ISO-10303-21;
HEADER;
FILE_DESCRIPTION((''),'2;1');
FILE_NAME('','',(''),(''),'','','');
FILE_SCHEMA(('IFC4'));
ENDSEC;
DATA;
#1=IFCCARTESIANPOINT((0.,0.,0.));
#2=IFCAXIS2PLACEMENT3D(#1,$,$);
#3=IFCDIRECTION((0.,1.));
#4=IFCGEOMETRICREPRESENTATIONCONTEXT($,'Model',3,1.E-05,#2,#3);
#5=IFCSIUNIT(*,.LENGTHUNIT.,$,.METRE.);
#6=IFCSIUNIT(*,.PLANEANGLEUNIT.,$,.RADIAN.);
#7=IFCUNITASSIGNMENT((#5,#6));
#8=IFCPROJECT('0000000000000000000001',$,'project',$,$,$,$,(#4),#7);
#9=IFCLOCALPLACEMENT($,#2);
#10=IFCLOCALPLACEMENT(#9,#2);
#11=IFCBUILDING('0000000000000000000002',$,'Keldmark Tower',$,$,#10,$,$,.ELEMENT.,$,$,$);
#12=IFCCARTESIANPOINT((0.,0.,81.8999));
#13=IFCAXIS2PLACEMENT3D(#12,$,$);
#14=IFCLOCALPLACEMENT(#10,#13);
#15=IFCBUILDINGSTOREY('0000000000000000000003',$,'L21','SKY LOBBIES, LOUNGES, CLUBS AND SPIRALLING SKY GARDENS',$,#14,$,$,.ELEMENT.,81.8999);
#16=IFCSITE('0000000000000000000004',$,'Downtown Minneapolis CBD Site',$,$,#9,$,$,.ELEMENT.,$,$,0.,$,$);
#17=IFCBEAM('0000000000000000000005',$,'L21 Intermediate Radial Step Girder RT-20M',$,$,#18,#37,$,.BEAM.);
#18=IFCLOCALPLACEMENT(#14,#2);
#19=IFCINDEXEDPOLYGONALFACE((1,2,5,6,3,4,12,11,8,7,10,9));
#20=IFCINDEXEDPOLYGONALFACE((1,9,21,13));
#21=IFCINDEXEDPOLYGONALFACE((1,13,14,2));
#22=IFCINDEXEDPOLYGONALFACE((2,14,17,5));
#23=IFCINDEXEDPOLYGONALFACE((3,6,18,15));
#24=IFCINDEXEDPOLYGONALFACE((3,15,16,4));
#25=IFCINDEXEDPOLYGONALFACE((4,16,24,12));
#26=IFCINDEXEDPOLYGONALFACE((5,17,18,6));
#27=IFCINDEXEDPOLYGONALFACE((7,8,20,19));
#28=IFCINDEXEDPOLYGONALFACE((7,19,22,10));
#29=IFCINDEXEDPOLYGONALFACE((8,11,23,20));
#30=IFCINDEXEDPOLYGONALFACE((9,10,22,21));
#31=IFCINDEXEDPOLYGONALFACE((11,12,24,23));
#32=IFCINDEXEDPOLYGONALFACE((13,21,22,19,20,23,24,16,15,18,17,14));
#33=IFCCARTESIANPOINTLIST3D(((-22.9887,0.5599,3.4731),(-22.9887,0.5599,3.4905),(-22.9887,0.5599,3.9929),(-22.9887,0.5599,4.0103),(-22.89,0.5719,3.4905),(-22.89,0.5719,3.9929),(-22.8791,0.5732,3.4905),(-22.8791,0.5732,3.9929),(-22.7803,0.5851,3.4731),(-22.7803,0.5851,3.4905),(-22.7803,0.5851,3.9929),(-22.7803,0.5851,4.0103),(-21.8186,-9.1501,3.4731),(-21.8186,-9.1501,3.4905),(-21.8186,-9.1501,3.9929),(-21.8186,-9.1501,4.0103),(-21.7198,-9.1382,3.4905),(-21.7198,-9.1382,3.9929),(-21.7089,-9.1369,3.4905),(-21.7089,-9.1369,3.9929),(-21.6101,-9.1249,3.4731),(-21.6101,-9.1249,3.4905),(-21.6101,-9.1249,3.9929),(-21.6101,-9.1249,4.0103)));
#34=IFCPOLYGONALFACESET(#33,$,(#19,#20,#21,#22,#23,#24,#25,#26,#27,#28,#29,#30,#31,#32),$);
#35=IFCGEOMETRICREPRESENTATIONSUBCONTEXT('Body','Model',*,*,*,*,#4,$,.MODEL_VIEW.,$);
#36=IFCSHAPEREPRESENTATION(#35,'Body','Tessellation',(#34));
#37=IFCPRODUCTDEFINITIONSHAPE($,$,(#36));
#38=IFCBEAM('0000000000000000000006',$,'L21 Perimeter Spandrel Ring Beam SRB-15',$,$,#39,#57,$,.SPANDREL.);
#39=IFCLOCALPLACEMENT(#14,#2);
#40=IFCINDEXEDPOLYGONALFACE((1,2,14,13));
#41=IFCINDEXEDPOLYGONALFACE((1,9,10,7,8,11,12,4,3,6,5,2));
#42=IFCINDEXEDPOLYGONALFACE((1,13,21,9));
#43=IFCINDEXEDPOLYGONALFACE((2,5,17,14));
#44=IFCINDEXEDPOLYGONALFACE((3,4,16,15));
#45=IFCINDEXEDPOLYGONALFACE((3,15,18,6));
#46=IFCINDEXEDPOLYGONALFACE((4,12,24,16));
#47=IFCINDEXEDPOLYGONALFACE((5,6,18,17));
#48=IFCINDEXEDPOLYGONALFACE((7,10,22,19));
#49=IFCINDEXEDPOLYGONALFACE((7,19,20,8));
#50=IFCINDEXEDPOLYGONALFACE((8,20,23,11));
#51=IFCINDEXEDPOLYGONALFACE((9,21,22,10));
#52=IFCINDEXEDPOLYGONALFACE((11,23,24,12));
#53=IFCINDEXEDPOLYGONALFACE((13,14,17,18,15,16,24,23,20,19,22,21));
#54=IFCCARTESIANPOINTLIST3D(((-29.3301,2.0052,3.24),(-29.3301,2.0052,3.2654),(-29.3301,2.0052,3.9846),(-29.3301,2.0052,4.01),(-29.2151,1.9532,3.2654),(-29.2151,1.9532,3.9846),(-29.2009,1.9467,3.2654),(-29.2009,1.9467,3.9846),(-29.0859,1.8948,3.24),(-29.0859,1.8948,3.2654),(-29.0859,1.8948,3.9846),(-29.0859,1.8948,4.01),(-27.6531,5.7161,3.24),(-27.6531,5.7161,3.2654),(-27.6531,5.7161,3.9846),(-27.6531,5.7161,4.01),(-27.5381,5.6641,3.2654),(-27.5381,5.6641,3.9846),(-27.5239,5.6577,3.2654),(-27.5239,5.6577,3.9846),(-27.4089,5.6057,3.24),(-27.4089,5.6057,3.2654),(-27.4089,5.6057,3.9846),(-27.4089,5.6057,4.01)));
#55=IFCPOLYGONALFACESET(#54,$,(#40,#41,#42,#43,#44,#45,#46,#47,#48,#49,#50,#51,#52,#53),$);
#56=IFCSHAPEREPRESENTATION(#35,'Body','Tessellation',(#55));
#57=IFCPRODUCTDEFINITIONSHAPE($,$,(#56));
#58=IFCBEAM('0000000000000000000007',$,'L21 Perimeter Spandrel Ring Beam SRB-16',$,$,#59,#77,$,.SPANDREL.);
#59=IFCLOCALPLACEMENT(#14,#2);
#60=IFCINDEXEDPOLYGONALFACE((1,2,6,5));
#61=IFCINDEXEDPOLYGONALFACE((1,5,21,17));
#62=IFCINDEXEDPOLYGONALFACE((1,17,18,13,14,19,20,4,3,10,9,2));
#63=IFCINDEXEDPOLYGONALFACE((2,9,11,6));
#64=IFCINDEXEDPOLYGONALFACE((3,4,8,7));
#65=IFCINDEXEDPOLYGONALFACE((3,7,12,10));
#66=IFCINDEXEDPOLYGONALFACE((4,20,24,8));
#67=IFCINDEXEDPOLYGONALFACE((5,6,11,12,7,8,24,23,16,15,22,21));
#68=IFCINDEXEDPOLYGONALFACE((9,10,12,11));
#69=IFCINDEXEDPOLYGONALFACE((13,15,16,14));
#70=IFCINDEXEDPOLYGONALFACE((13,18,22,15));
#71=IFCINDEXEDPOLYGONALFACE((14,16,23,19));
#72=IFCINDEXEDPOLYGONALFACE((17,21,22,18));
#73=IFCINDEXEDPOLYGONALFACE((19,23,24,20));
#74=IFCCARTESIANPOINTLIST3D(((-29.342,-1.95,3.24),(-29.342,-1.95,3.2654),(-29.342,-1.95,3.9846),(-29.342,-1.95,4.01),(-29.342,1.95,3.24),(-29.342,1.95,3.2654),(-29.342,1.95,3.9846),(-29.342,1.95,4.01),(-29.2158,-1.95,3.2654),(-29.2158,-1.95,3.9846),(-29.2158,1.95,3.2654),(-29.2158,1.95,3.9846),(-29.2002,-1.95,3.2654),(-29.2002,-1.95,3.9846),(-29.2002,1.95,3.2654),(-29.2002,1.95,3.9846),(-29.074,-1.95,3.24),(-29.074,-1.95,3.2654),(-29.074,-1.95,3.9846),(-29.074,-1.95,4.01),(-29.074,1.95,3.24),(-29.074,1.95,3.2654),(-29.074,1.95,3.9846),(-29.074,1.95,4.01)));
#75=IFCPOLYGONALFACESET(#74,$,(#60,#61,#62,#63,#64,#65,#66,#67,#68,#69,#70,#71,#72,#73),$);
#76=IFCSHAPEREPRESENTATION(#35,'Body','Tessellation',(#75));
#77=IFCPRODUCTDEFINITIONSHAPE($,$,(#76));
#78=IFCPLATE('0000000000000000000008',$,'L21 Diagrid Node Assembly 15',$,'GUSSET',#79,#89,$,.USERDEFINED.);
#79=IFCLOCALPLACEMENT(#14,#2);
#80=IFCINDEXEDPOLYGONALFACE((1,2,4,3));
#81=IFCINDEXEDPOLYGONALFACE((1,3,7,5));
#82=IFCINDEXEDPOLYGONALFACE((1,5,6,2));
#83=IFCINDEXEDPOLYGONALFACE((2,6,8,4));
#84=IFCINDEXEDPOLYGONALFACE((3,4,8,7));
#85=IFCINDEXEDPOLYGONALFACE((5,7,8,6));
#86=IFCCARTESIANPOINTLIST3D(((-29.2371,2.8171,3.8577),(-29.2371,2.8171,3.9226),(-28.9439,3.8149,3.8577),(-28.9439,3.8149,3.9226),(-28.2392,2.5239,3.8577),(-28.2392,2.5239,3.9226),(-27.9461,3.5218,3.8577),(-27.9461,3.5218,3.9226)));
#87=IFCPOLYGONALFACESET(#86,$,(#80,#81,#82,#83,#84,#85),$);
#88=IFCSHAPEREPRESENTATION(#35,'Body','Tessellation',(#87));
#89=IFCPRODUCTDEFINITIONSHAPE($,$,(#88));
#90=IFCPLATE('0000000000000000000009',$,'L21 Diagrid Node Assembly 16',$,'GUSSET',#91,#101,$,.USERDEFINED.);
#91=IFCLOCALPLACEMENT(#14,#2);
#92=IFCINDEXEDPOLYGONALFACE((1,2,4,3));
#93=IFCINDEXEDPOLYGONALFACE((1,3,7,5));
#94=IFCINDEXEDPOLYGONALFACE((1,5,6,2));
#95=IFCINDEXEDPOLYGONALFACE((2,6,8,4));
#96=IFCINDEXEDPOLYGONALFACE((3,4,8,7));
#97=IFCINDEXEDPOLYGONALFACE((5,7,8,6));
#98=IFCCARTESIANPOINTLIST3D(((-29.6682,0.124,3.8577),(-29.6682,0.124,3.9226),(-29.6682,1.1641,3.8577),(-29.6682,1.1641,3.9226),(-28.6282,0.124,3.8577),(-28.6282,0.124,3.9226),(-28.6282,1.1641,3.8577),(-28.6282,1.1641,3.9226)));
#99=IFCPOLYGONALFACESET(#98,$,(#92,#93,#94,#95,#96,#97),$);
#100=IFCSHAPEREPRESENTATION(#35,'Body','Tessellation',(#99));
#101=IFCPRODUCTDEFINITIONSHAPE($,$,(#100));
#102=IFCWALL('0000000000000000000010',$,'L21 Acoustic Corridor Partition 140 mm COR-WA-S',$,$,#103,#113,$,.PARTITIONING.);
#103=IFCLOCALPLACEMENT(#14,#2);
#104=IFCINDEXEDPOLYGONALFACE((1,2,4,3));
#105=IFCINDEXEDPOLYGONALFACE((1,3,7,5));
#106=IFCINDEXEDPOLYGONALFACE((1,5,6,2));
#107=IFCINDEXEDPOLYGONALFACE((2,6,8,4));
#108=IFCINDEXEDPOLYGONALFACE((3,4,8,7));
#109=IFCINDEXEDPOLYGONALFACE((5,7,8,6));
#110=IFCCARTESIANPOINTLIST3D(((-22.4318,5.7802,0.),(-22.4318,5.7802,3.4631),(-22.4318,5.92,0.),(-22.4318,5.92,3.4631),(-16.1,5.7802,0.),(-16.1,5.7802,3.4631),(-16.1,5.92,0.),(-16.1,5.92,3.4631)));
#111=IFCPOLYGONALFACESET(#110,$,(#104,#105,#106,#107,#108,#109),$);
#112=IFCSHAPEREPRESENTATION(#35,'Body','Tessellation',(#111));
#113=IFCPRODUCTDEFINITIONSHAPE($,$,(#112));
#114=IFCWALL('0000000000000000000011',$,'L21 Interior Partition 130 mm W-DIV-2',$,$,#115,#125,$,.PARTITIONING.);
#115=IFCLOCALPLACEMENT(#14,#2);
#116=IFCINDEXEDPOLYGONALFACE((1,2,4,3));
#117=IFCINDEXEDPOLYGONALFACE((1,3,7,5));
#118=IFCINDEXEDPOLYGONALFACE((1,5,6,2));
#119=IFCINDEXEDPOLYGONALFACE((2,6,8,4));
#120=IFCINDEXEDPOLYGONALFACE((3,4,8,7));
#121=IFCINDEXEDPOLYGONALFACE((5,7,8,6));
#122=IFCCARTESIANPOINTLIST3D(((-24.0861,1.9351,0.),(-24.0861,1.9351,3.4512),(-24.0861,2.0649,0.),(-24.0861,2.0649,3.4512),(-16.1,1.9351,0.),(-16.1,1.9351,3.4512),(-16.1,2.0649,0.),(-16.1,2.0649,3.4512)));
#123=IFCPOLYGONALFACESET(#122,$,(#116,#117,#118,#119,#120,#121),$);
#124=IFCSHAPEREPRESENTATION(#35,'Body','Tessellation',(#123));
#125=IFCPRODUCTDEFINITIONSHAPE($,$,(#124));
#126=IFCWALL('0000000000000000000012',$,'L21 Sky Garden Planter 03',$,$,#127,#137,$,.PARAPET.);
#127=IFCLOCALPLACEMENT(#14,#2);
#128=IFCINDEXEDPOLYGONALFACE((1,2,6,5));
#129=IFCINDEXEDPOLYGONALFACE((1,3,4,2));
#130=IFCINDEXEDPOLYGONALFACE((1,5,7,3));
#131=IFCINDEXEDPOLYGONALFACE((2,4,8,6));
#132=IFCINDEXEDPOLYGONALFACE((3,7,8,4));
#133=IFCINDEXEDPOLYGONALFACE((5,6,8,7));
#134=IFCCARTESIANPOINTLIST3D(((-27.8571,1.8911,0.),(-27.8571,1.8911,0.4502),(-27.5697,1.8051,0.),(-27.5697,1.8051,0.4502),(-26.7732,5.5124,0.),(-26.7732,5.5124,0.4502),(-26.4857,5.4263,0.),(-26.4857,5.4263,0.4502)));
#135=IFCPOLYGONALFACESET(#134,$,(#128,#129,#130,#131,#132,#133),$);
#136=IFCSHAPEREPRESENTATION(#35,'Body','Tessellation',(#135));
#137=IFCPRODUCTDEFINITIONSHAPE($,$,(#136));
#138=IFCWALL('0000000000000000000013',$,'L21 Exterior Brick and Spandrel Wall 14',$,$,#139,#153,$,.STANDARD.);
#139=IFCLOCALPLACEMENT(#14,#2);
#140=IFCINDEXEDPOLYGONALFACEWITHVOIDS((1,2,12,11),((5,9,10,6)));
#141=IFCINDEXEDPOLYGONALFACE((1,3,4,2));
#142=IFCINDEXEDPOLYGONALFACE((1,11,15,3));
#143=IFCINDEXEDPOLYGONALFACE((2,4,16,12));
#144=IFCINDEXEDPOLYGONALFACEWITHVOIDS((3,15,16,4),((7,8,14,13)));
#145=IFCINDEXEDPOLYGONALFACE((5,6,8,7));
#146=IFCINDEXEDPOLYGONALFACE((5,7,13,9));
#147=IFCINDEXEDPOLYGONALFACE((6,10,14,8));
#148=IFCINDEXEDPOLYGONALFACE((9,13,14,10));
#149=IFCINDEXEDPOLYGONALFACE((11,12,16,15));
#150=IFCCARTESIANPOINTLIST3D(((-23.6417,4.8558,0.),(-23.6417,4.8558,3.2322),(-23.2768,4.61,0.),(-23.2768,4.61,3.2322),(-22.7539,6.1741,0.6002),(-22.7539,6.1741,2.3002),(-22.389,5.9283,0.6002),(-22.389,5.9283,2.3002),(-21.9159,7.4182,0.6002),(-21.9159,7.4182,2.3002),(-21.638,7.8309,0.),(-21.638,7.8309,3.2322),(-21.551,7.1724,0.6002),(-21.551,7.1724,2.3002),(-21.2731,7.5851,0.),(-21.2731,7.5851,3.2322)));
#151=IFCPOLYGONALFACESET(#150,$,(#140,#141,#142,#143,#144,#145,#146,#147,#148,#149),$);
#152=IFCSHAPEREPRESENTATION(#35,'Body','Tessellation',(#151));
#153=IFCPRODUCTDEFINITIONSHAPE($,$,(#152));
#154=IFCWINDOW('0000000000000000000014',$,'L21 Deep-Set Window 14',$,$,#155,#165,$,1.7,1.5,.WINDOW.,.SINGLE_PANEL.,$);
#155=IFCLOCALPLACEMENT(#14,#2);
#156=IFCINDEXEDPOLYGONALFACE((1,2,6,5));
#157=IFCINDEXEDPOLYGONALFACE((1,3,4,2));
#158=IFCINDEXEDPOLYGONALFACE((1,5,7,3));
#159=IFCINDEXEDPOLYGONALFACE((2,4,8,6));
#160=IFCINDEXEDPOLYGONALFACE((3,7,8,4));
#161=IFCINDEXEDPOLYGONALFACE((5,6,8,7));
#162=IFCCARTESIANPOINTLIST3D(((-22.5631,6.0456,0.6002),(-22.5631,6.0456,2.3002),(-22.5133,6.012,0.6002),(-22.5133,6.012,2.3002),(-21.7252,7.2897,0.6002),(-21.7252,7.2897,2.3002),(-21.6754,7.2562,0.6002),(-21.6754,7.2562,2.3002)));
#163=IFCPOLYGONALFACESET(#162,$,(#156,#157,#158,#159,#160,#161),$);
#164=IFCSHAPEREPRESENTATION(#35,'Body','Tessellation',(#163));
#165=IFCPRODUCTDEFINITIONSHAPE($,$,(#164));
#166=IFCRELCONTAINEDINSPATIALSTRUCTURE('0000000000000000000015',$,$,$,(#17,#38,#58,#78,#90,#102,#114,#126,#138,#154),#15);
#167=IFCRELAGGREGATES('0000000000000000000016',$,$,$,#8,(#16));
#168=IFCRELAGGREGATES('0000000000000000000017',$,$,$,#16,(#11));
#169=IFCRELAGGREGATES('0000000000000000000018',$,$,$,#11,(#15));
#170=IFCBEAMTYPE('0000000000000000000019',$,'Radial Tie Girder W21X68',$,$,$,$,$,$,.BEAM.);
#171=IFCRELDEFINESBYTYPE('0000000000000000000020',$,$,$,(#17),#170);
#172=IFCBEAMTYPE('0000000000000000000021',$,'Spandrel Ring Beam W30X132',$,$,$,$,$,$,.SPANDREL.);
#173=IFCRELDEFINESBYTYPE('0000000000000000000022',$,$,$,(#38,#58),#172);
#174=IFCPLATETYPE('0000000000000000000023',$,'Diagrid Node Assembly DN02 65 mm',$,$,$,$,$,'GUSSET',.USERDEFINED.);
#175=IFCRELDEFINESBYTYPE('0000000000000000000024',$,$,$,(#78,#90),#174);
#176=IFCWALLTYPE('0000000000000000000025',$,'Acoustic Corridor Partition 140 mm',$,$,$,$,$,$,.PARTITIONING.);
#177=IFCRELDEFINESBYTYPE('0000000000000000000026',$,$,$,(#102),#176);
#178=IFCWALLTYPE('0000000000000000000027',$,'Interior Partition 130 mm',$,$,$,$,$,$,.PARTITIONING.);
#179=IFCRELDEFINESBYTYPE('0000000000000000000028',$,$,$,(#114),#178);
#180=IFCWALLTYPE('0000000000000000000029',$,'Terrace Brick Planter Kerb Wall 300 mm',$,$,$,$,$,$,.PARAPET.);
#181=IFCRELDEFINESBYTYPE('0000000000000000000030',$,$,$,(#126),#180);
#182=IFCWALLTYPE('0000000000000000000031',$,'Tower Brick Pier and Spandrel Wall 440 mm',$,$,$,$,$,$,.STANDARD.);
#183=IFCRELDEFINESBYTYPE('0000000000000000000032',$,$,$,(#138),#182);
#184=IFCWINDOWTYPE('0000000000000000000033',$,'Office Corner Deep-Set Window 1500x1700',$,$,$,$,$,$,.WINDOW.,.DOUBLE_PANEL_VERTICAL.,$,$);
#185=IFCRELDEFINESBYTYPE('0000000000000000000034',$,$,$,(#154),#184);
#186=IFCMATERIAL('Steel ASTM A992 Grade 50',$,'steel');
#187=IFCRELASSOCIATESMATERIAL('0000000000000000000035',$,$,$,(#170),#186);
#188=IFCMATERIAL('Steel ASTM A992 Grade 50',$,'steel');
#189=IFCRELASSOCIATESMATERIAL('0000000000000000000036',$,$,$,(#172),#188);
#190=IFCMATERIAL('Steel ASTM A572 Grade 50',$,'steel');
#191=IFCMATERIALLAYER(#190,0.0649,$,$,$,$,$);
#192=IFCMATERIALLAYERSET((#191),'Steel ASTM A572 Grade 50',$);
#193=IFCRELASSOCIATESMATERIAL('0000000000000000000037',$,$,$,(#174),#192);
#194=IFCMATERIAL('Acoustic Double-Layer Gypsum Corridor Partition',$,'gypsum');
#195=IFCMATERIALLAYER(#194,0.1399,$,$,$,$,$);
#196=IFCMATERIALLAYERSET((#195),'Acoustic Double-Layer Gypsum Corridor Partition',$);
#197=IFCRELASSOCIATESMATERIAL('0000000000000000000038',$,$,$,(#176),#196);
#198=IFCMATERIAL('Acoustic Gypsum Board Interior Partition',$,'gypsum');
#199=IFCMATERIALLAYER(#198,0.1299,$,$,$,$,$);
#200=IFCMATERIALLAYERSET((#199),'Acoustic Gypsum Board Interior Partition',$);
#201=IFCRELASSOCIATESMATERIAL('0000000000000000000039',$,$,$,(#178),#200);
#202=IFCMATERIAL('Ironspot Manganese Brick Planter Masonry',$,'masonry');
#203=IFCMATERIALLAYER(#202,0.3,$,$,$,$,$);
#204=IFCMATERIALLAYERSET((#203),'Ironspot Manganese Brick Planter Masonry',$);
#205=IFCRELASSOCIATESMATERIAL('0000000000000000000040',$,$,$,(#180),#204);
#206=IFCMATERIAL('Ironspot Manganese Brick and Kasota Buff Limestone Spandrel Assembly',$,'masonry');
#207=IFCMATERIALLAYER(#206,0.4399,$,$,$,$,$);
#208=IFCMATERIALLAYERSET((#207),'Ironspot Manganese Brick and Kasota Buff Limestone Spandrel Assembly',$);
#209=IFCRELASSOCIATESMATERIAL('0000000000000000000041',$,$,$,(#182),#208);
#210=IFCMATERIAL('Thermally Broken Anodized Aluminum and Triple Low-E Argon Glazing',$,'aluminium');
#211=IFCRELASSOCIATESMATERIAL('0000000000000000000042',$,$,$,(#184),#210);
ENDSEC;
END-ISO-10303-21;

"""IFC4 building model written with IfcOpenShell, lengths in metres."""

from ifc_helpers import new_model, si_unit, direction, frame, frame_2d, origin, origin_2d, place, context, subcontext, project, spatial, rectangle, i_section, extrude, material, layer, layer_set, material_profile, profile_set, type_object, element, fill, save


model = new_model("IFC4")

# Units and contexts
model_context = context("Model", 3, precision=1e-05, world=origin(), true_north=direction((0.0, 1.0)))
body_context = subcontext(model_context, "Body", "Model", "MODEL_VIEW")
ifc_project = project(units=[si_unit("LENGTHUNIT", "METRE"), si_unit("PLANEANGLEUNIT", "RADIAN")], contexts=[model_context])

# Site, building, storey
site_placement = place(None, origin())
site = spatial("IfcSite", under=ifc_project, at=site_placement, Name="Downtown Minneapolis CBD Site", CompositionType="ELEMENT", RefElevation=0.0)
building_placement = place(site_placement, origin())
building = spatial("IfcBuilding", under=site, at=building_placement, Name="Keldmark Tower", CompositionType="ELEMENT")
storey_placement = place(building_placement, frame((0.0, 0.0, 81.8999)))
storey = spatial("IfcBuildingStorey", under=building, at=storey_placement, Name="L21", Description="SKY LOBBIES, LOUNGES, CLUBS AND SPIRALLING SKY GARDENS", CompositionType="ELEMENT", Elevation=81.8999)

# Beams
ifc_material_1 = material(Name="Steel ASTM A992 Grade 50", Category="steel")
ifc_material_profile_1 = material_profile(ifc_material_1, i_section(OverallWidth=0.21, OverallDepth=0.5371, WebThickness=0.011, FlangeThickness=0.0173, at=origin_2d()), Name="W21X68")
ifc_profile_set_1 = profile_set([ifc_material_profile_1], Name="Steel ASTM A992 Grade 50")
beam_type_1 = type_object("IfcBeamType", Name="Radial Tie Girder W21X68", PredefinedType="BEAM", material=ifc_profile_set_1)
beam_1_placement = place(storey_placement, frame((-22.8845, 0.5725, 3.7417), z_axis=(0.119646, -0.992817, 0.0), x_axis=(0.992817, 0.119646, 0.0)))
element("IfcBeam", 1, at=beam_1_placement, inside=storey, type_object=beam_type_1, Name="L21 Intermediate Radial Step Girder RT-20M", PredefinedType="BEAM", context=body_context, shape_type="SweptSolid", body=[
    extrude(i_section(OverallWidth=0.21, OverallDepth=0.5371, WebThickness=0.011, FlangeThickness=0.0173, at=origin_2d()), origin(), (0.0, 0.0, 1.0), 9.7803),
])
ifc_material_2 = material(Name="Steel ASTM A992 Grade 50", Category="steel")
ifc_material_profile_2 = material_profile(ifc_material_2, i_section(OverallWidth=0.2681, OverallDepth=0.77, WebThickness=0.0156, FlangeThickness=0.0254, at=origin_2d()), Name="W30X132")
ifc_profile_set_2 = profile_set([ifc_material_profile_2], Name="Steel ASTM A992 Grade 50")
beam_type_2 = type_object("IfcBeamType", Name="Spandrel Ring Beam W30X132", PredefinedType="SPANDREL", material=ifc_profile_set_2)
beam_2_placement = place(storey_placement, frame((-27.531, 5.6609, 3.625), z_axis=(-0.41181, -0.91127, 0.0), x_axis=(0.91127, -0.41181, 0.0)))
element("IfcBeam", 2, at=beam_2_placement, inside=storey, type_object=beam_type_2, Name="L21 Perimeter Spandrel Ring Beam SRB-15", PredefinedType="SPANDREL", context=body_context, shape_type="SweptSolid", body=[
    extrude(i_section(OverallWidth=0.2681, OverallDepth=0.77, WebThickness=0.0156, FlangeThickness=0.0254, at=origin_2d()), origin(), (0.0, 0.0, 1.0), 4.0723),
])
beam_3_placement = place(storey_placement, frame((-29.208, 1.95, 3.625), z_axis=(0.0, -1.0, 0.0), x_axis=(1.0, 0.0, 0.0)))
element("IfcBeam", 3, at=beam_3_placement, inside=storey, type_object=beam_type_2, Name="L21 Perimeter Spandrel Ring Beam SRB-16", PredefinedType="SPANDREL", context=body_context, shape_type="SweptSolid", body=[
    extrude(i_section(OverallWidth=0.2681, OverallDepth=0.77, WebThickness=0.0156, FlangeThickness=0.0254, at=origin_2d()), origin(), (0.0, 0.0, 1.0), 3.8999),
])

# Plates
ifc_material_3 = material(Name="Steel ASTM A572 Grade 50", Category="steel")
ifc_layer_1 = layer(ifc_material_3, 0.0649)
ifc_layer_set_1 = layer_set([ifc_layer_1], Name="Steel ASTM A572 Grade 50")
plate_type = type_object("IfcPlateType", Name="Diagrid Node Assembly DN02 65 mm", ElementType="GUSSET", PredefinedType="USERDEFINED", material=ifc_layer_set_1)
for number, where, z_axis, x_axis, name in (
    (4, (-28.5916, 3.1694, 3.8577), (0.0, 0.0, 1.0), (-0.281839, -0.959462, 0.0), "L21 Diagrid Node Assembly 15"),
    (5, (-29.1482, 0.644, 3.8577), (0.0, 0.0, 1.0), (0.0, -1.0, 0.0), "L21 Diagrid Node Assembly 16"),
):
    element("IfcPlate", number, at=place(storey_placement, frame(where, z_axis=z_axis, x_axis=x_axis)), inside=storey, type_object=plate_type, Name=name, ObjectType="GUSSET", PredefinedType="USERDEFINED", context=body_context, shape_type="SweptSolid", body=[
        extrude(rectangle(XDim=1.04, YDim=1.04, at=origin_2d()), origin(), (0.0, 0.0, 1.0), 0.0649),
    ])

# Walls
ifc_material_4 = material(Name="Acoustic Double-Layer Gypsum Corridor Partition", Category="gypsum")
ifc_layer_2 = layer(ifc_material_4, 0.1399)
ifc_layer_set_2 = layer_set([ifc_layer_2], Name="Acoustic Double-Layer Gypsum Corridor Partition")
wall_type_1 = type_object("IfcWallType", Name="Acoustic Corridor Partition 140 mm", PredefinedType="PARTITIONING", material=ifc_layer_set_2)
wall_1_placement = place(storey_placement, frame((-22.4319, 5.8501, 0.0), z_axis=(0.0, 0.0, 1.0), x_axis=(1.0, 0.0, 0.0)))
element("IfcWall", 6, at=wall_1_placement, inside=storey, type_object=wall_type_1, Name="L21 Acoustic Corridor Partition 140 mm COR-WA-S", PredefinedType="PARTITIONING", context=body_context, shape_type="SweptSolid", body=[
    extrude(rectangle(XDim=6.3318, YDim=0.1399, at=frame_2d((3.166, 0.0))), origin(), (0.0, 0.0, 1.0), 3.4631),
])
ifc_material_5 = material(Name="Acoustic Gypsum Board Interior Partition", Category="gypsum")
ifc_layer_3 = layer(ifc_material_5, 0.1299)
ifc_layer_set_3 = layer_set([ifc_layer_3], Name="Acoustic Gypsum Board Interior Partition")
wall_type_2 = type_object("IfcWallType", Name="Interior Partition 130 mm", PredefinedType="PARTITIONING", material=ifc_layer_set_3)
wall_2_placement = place(storey_placement, frame((-24.0862, 2.0, 0.0), z_axis=(0.0, 0.0, 1.0), x_axis=(1.0, 0.0, 0.0)))
element("IfcWall", 7, at=wall_2_placement, inside=storey, type_object=wall_type_2, Name="L21 Interior Partition 130 mm W-DIV-2", PredefinedType="PARTITIONING", context=body_context, shape_type="SweptSolid", body=[
    extrude(rectangle(XDim=7.9861, YDim=0.1299, at=frame_2d((3.9932, 0.0))), origin(), (0.0, 0.0, 1.0), 3.4512),
])
ifc_material_6 = material(Name="Ironspot Manganese Brick Planter Masonry", Category="masonry")
ifc_layer_4 = layer(ifc_material_6, 0.3)
ifc_layer_set_4 = layer_set([ifc_layer_4], Name="Ironspot Manganese Brick Planter Masonry")
wall_type_3 = type_object("IfcWallType", Name="Terrace Brick Planter Kerb Wall 300 mm", PredefinedType="PARAPET", material=ifc_layer_set_4)
wall_3_placement = place(storey_placement, frame((-26.6294, 5.4695, 0.0), z_axis=(0.0, 0.0, 1.0), x_axis=(-0.286761, -0.958002, 0.0)))
element("IfcWall", 8, at=wall_3_placement, inside=storey, type_object=wall_type_3, Name="L21 Sky Garden Planter 03", PredefinedType="PARAPET", context=body_context, shape_type="SweptSolid", body=[
    extrude(rectangle(XDim=3.78, YDim=0.3, at=frame_2d((1.8901, 0.0))), origin(), (0.0, 0.0, 1.0), 0.4502),
])

# Wall, opening, window
ifc_material_7 = material(Name="Ironspot Manganese Brick and Kasota Buff Limestone Spandrel Assembly", Category="masonry")
ifc_layer_5 = layer(ifc_material_7, 0.4399)
ifc_layer_set_5 = layer_set([ifc_layer_5], Name="Ironspot Manganese Brick and Kasota Buff Limestone Spandrel Assembly")
wall_type_4 = type_object("IfcWallType", Name="Tower Brick Pier and Spandrel Wall 440 mm", PredefinedType="STANDARD", material=ifc_layer_set_5)
wall_4_placement = place(storey_placement, frame((-23.4592, 4.7329, 0.0), z_axis=(0.0, 0.0, 1.0), x_axis=(0.558605, 0.829434, 0.0)))
wall_4 = element("IfcWall", 9, at=wall_4_placement, inside=storey, type_object=wall_type_4, Name="L21 Exterior Brick and Spandrel Wall 14", PredefinedType="STANDARD", context=body_context, shape_type="SweptSolid", body=[
    extrude(rectangle(XDim=3.5869, YDim=0.4399, at=frame_2d((1.7935, 0.0))), origin(), (0.0, 0.0, 1.0), 3.2322),
])
opening_1_placement = place(wall_4_placement, frame((1.5894, 0.0, 0.6001)))
opening_1 = element("IfcOpeningElement", 10, at=opening_1_placement, cuts=wall_4, PredefinedType="OPENING", context=body_context, shape_type="SweptSolid", body=[
    extrude(rectangle(XDim=1.5, YDim=1.7, at=frame_2d((0.75, 0.8501))), frame((0.0, 0.23, 0.0), z_axis=(0.0, -1.0, 0.0), x_axis=(1.0, 0.0, 0.0)), (0.0, 0.0, 1.0), 0.46),
])
ifc_material_8 = material(Name="Thermally Broken Anodized Aluminum and Triple Low-E Argon Glazing", Category="aluminium")
window_type_1 = type_object("IfcWindowType", Name="Office Corner Deep-Set Window 1500x1700", PartitioningType="DOUBLE_PANEL_VERTICAL", PredefinedType="WINDOW", material=ifc_material_8)
window_1_placement = place(opening_1_placement, origin())
window_1 = element("IfcWindow", 11, at=window_1_placement, inside=storey, type_object=window_type_1, Name="L21 Deep-Set Window 14", OverallHeight=1.7, OverallWidth=1.5, PartitioningType="SINGLE_PANEL", PredefinedType="WINDOW", context=body_context, shape_type="SweptSolid", body=[
    extrude(rectangle(XDim=1.5, YDim=1.7, at=frame_2d((0.75, 0.8501))), frame((0.0, -0.01, 0.0), z_axis=(0.0, -1.0, 0.0), x_axis=(1.0, 0.0, 0.0)), (0.0, 0.0, 1.0), 0.0601),
])
fill(opening_1, window_1)

save(model, "model.ifc")
